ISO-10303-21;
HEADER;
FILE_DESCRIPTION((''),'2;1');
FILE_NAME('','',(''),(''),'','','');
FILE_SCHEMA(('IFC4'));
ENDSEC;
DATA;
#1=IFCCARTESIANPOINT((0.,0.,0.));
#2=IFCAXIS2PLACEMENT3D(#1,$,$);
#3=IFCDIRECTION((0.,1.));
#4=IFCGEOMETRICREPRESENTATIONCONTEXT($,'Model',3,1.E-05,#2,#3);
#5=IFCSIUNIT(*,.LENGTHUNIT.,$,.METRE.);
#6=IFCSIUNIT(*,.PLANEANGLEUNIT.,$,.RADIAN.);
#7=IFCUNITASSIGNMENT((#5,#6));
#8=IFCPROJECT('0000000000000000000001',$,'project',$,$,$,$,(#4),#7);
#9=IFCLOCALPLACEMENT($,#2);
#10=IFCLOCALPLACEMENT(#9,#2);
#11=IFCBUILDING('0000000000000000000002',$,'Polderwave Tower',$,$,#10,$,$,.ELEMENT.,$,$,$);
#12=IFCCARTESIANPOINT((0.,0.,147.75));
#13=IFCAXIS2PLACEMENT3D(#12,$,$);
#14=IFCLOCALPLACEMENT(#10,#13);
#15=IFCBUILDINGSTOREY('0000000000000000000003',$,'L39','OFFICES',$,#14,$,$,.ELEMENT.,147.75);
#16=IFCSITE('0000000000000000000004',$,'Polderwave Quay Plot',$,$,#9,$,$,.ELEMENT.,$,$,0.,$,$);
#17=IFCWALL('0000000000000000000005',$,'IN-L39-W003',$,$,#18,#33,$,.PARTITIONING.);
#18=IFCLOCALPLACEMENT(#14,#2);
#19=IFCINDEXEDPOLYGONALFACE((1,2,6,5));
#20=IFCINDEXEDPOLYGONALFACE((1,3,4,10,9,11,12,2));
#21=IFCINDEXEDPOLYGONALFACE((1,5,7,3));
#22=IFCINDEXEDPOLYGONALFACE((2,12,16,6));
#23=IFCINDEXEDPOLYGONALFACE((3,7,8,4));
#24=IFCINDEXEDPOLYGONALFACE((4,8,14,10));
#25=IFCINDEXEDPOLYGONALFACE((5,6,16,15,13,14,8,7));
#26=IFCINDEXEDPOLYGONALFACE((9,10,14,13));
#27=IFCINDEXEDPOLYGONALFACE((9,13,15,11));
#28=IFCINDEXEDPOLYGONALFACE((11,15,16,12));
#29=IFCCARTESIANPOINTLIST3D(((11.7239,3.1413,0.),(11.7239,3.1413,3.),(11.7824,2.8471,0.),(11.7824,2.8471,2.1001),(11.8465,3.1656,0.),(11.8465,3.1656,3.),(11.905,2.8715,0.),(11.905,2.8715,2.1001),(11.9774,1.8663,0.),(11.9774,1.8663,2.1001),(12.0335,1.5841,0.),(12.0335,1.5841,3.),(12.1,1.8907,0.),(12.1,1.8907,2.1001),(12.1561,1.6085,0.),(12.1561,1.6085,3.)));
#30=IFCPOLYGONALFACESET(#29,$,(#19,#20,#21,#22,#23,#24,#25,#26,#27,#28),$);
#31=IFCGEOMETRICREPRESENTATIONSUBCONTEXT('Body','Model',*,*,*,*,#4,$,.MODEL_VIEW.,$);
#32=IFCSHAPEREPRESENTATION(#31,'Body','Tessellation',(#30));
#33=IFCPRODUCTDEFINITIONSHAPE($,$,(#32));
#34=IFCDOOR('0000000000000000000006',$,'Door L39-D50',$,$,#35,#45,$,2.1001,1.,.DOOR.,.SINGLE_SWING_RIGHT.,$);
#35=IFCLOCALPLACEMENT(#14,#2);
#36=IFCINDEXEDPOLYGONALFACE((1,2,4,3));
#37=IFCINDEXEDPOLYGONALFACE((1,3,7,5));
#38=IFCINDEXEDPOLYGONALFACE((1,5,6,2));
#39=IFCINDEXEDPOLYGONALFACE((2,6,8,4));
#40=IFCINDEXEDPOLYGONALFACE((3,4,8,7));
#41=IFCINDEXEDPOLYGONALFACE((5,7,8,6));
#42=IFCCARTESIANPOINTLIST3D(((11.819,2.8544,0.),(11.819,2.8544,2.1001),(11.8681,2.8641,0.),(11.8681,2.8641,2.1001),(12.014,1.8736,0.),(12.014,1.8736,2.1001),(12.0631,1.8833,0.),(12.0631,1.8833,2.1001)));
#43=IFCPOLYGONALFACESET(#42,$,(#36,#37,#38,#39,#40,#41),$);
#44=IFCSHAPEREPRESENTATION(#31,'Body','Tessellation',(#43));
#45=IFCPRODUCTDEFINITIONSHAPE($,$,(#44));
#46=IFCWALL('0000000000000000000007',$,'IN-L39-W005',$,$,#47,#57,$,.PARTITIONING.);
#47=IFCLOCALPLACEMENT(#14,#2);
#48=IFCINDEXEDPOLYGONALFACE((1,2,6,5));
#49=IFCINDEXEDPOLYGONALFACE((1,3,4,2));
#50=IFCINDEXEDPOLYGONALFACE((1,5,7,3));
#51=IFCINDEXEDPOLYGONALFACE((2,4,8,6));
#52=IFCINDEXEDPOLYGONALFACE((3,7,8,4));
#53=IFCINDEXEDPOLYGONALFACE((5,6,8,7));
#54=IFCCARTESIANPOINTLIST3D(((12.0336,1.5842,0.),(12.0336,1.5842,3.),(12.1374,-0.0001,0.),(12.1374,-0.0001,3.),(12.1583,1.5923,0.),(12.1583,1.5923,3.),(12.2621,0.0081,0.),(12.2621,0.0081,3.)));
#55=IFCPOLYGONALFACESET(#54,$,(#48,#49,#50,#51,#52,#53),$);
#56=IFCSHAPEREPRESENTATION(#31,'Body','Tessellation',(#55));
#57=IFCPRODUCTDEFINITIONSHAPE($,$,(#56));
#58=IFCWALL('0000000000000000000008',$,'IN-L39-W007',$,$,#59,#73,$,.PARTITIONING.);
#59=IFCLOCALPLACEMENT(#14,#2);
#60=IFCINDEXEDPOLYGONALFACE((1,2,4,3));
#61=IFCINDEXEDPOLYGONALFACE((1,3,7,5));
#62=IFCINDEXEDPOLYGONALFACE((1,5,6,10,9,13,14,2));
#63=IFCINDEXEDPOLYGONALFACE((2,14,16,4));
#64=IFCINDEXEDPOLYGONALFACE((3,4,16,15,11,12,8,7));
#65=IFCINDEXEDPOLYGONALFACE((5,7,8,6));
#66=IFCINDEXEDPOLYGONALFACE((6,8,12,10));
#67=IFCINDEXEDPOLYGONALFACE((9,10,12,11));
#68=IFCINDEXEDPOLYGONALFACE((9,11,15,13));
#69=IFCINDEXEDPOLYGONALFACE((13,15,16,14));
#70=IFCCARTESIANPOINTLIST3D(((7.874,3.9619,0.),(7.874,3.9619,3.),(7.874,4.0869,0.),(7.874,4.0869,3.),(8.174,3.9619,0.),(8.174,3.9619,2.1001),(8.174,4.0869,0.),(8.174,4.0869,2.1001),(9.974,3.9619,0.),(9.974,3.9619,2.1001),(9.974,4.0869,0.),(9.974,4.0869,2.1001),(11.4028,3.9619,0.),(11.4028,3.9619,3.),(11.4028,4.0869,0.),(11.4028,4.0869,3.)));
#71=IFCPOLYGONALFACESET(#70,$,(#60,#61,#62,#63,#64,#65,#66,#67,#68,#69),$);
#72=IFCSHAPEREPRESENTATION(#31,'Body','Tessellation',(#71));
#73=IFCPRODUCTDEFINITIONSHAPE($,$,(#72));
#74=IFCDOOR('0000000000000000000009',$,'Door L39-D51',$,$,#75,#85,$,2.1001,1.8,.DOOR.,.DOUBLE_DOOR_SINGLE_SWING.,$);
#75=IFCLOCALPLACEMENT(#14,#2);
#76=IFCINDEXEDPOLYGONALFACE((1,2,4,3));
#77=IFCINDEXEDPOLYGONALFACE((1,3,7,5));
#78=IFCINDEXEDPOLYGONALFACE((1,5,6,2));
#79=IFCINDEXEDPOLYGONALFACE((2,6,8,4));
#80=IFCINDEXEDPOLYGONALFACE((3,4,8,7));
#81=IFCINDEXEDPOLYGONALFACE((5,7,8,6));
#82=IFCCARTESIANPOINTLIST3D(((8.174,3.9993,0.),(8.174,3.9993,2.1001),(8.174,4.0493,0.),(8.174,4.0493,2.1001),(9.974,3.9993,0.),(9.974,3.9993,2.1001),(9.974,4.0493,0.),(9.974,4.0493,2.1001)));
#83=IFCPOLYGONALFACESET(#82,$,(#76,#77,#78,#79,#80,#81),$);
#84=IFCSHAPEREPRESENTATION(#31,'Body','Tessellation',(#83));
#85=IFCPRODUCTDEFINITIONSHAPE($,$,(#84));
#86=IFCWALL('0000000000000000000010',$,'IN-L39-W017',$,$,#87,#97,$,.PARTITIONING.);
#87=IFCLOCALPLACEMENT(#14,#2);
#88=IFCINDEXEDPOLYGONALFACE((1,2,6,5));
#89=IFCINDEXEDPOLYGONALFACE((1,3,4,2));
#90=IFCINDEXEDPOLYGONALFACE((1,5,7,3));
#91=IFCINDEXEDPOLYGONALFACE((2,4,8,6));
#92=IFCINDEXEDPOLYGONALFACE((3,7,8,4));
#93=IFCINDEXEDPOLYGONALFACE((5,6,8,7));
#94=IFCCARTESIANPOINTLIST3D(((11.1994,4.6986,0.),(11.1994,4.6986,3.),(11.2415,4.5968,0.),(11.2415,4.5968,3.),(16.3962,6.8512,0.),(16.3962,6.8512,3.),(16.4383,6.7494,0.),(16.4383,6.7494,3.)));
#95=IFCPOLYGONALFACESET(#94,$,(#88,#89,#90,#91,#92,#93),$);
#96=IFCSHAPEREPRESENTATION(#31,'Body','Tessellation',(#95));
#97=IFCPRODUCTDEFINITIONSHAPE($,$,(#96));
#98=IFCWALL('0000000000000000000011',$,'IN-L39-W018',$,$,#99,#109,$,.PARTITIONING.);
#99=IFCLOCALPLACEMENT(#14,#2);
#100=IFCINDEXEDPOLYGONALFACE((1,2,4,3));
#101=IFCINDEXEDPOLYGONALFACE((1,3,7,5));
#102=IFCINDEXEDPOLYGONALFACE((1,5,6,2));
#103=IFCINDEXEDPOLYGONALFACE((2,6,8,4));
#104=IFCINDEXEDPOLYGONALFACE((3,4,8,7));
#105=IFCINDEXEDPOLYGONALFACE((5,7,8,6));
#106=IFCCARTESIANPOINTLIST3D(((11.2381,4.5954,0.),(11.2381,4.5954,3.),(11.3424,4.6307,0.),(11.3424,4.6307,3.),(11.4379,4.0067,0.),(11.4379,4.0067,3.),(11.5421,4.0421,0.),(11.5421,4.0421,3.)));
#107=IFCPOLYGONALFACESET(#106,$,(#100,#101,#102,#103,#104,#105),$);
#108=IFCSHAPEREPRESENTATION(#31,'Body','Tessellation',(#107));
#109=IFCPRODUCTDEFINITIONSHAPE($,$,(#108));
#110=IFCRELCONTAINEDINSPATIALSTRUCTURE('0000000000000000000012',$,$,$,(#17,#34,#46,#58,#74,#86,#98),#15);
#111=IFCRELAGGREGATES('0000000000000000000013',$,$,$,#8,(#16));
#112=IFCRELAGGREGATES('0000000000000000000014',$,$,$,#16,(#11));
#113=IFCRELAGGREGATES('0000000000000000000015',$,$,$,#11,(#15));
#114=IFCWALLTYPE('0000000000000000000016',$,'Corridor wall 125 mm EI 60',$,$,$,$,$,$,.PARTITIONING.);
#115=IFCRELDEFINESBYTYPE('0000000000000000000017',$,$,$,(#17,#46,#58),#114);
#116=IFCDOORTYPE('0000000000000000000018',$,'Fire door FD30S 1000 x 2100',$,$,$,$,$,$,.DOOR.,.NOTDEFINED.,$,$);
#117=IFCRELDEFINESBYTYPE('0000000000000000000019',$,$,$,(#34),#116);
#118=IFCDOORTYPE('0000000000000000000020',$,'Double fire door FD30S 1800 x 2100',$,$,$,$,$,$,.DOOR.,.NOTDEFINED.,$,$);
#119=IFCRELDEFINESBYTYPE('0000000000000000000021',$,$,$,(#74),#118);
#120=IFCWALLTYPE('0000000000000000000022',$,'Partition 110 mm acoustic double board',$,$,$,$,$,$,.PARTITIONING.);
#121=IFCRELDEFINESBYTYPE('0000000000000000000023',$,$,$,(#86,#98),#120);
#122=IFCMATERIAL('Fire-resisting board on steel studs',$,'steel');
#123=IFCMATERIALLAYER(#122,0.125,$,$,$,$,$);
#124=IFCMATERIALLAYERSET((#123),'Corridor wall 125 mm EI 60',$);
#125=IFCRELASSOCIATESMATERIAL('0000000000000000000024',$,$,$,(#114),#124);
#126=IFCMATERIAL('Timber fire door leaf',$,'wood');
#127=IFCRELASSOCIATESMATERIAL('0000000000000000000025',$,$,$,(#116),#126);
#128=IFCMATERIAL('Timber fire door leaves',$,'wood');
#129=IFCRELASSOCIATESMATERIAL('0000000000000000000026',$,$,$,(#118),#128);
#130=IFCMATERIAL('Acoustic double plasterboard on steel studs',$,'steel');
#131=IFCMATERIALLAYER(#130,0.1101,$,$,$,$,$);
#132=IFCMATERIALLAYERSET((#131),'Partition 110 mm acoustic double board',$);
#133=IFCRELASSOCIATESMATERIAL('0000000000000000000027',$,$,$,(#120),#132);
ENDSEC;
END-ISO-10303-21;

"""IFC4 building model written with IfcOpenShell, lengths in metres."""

from ifc_helpers import new_model, si_unit, direction, frame, frame_2d, origin, place, context, subcontext, project, spatial, rectangle, extrude, material, layer, layer_set, type_object, element, fill, save


model = new_model("IFC4")

# Units and contexts
model_context = context("Model", 3, precision=1e-05, world=origin(), true_north=direction((0.0, 1.0)))
body_context = subcontext(model_context, "Body", "Model", "MODEL_VIEW")
ifc_project = project(units=[si_unit("LENGTHUNIT", "METRE"), si_unit("PLANEANGLEUNIT", "RADIAN")], contexts=[model_context])

# Site, building, storey
site_placement = place(None, origin())
site = spatial("IfcSite", under=ifc_project, at=site_placement, Name="Polderwave Quay Plot", CompositionType="ELEMENT", RefElevation=0.0)
building_placement = place(site_placement, origin())
building = spatial("IfcBuilding", under=site, at=building_placement, Name="Polderwave Tower", CompositionType="ELEMENT")
storey_placement = place(building_placement, frame((0.0, 0.0, 147.75)))
storey = spatial("IfcBuildingStorey", under=building, at=storey_placement, Name="L39", Description="OFFICES", CompositionType="ELEMENT", Elevation=147.75)

# Shared definitions
ifc_material_1 = material(Name="Fire-resisting board on steel studs", Category="steel")
ifc_layer_1 = layer(ifc_material_1, 0.125)
ifc_layer_set_1 = layer_set([ifc_layer_1], Name="Corridor wall 125 mm EI 60")
wall_type_1 = type_object("IfcWallType", Name="Corridor wall 125 mm EI 60", PredefinedType="PARTITIONING", material=ifc_layer_set_1)

# Wall, opening, door
wall_1_placement = place(storey_placement, frame((11.7852, 3.1536, 0.0), z_axis=(0.0, 0.0, 1.0), x_axis=(0.194992, -0.980805, 0.0)))
wall_1 = element("IfcWall", 1, at=wall_1_placement, inside=storey, type_object=wall_type_1, Name="IN-L39-W003", PredefinedType="PARTITIONING", context=body_context, shape_type="SweptSolid", body=[
    extrude(rectangle(XDim=1.5876, YDim=0.125, at=frame_2d((0.7939, 0.0))), origin(), (0.0, 0.0, 1.0), 3.0),
])
opening_1_placement = place(wall_1_placement, frame((0.3, 0.0, 0.0)))
opening_1 = element("IfcOpeningElement", 2, at=opening_1_placement, cuts=wall_1, PredefinedType="OPENING", context=body_context, shape_type="SweptSolid", body=[
    extrude(rectangle(XDim=1.0, YDim=2.1001, at=frame_2d((0.5, 1.05))), frame((0.0, 0.0725, 0.0), z_axis=(0.0, -1.0, 0.0), x_axis=(1.0, 0.0, 0.0)), (0.0, 0.0, 1.0), 0.145),
])
ifc_material_2 = material(Name="Timber fire door leaf", Category="wood")
door_type_1 = type_object("IfcDoorType", Name="Fire door FD30S 1000 x 2100", OperationType="NOTDEFINED", PredefinedType="DOOR", material=ifc_material_2)
door_1_placement = place(opening_1_placement, origin())
door_1 = element("IfcDoor", 3, at=door_1_placement, inside=storey, type_object=door_type_1, Name="Door L39-D50", OperationType="SINGLE_SWING_RIGHT", OverallHeight=2.1001, OverallWidth=1.0, PredefinedType="DOOR", context=body_context, shape_type="SweptSolid", body=[
    extrude(rectangle(XDim=1.0, YDim=2.1001, at=frame_2d((0.5, 1.05))), frame((0.0, 0.0249, 0.0), z_axis=(0.0, -1.0, 0.0), x_axis=(1.0, 0.0, 0.0)), (0.0, 0.0, 1.0), 0.05),
])
fill(opening_1, door_1)

# Wall
wall_2_placement = place(storey_placement, frame((12.0959, 1.5884, 0.0), z_axis=(0.0, 0.0, 1.0), x_axis=(0.065355, -0.997862, 0.0)))
element("IfcWall", 4, at=wall_2_placement, inside=storey, type_object=wall_type_1, Name="IN-L39-W005", PredefinedType="PARTITIONING", context=body_context, shape_type="SweptSolid", body=[
    extrude(rectangle(XDim=1.5876, YDim=0.125, at=frame_2d((0.7939, 0.0))), origin(), (0.0, 0.0, 1.0), 3.0),
])

# Wall, opening, door
wall_3_placement = place(storey_placement, frame((7.874, 4.0244, 0.0), z_axis=(0.0, 0.0, 1.0), x_axis=(1.0, 0.0, 0.0)))
wall_3 = element("IfcWall", 5, at=wall_3_placement, inside=storey, type_object=wall_type_1, Name="IN-L39-W007", PredefinedType="PARTITIONING", context=body_context, shape_type="SweptSolid", body=[
    extrude(rectangle(XDim=3.5288, YDim=0.125, at=frame_2d((1.7644, 0.0))), origin(), (0.0, 0.0, 1.0), 3.0),
])
opening_2_placement = place(wall_3_placement, frame((0.3, 0.0, 0.0)))
opening_2 = element("IfcOpeningElement", 6, at=opening_2_placement, cuts=wall_3, PredefinedType="OPENING", context=body_context, shape_type="SweptSolid", body=[
    extrude(rectangle(XDim=1.8, YDim=2.1001, at=frame_2d((0.8999, 1.05))), frame((0.0, 0.0725, 0.0), z_axis=(0.0, -1.0, 0.0), x_axis=(1.0, 0.0, 0.0)), (0.0, 0.0, 1.0), 0.145),
])
ifc_material_3 = material(Name="Timber fire door leaves", Category="wood")
door_type_2 = type_object("IfcDoorType", Name="Double fire door FD30S 1800 x 2100", OperationType="NOTDEFINED", PredefinedType="DOOR", material=ifc_material_3)
door_2_placement = place(opening_2_placement, origin())
door_2 = element("IfcDoor", 7, at=door_2_placement, inside=storey, type_object=door_type_2, Name="Door L39-D51", OperationType="DOUBLE_DOOR_SINGLE_SWING", OverallHeight=2.1001, OverallWidth=1.8, PredefinedType="DOOR", context=body_context, shape_type="SweptSolid", body=[
    extrude(rectangle(XDim=1.8, YDim=2.1001, at=frame_2d((0.8999, 1.05))), frame((0.0, 0.0249, 0.0), z_axis=(0.0, -1.0, 0.0), x_axis=(1.0, 0.0, 0.0)), (0.0, 0.0, 1.0), 0.05),
])
fill(opening_2, door_2)

# Walls
ifc_material_4 = material(Name="Acoustic double plasterboard on steel studs", Category="steel")
ifc_layer_2 = layer(ifc_material_4, 0.1101)
ifc_layer_set_2 = layer_set([ifc_layer_2], Name="Partition 110 mm acoustic double board")
wall_type_2 = type_object("IfcWallType", Name="Partition 110 mm acoustic double board", PredefinedType="PARTITIONING", material=ifc_layer_set_2)
wall_4_placement = place(storey_placement, frame((11.2205, 4.6477, 0.0), z_axis=(0.0, 0.0, 1.0), x_axis=(0.923879, 0.382685, 0.0)))
element("IfcWall", 8, at=wall_4_placement, inside=storey, type_object=wall_type_2, Name="IN-L39-W017", PredefinedType="PARTITIONING", context=body_context, shape_type="SweptSolid", body=[
    extrude(rectangle(XDim=5.625, YDim=0.1101, at=frame_2d((2.8125, 0.0))), origin(), (0.0, 0.0, 1.0), 3.0),
])
wall_5_placement = place(storey_placement, frame((11.49, 4.0244, 0.0), z_axis=(0.0, 0.0, 1.0), x_axis=(-0.32129, 0.946981, 0.0)))
element("IfcWall", 9, at=wall_5_placement, inside=storey, type_object=wall_type_2, Name="IN-L39-W018", PredefinedType="PARTITIONING", context=body_context, shape_type="SweptSolid", body=[
    extrude(rectangle(XDim=0.6216, YDim=0.1101, at=frame_2d((0.3108, 0.0))), origin(), (0.0, 0.0, 1.0), 3.0),
])

save(model, "model.ifc")
